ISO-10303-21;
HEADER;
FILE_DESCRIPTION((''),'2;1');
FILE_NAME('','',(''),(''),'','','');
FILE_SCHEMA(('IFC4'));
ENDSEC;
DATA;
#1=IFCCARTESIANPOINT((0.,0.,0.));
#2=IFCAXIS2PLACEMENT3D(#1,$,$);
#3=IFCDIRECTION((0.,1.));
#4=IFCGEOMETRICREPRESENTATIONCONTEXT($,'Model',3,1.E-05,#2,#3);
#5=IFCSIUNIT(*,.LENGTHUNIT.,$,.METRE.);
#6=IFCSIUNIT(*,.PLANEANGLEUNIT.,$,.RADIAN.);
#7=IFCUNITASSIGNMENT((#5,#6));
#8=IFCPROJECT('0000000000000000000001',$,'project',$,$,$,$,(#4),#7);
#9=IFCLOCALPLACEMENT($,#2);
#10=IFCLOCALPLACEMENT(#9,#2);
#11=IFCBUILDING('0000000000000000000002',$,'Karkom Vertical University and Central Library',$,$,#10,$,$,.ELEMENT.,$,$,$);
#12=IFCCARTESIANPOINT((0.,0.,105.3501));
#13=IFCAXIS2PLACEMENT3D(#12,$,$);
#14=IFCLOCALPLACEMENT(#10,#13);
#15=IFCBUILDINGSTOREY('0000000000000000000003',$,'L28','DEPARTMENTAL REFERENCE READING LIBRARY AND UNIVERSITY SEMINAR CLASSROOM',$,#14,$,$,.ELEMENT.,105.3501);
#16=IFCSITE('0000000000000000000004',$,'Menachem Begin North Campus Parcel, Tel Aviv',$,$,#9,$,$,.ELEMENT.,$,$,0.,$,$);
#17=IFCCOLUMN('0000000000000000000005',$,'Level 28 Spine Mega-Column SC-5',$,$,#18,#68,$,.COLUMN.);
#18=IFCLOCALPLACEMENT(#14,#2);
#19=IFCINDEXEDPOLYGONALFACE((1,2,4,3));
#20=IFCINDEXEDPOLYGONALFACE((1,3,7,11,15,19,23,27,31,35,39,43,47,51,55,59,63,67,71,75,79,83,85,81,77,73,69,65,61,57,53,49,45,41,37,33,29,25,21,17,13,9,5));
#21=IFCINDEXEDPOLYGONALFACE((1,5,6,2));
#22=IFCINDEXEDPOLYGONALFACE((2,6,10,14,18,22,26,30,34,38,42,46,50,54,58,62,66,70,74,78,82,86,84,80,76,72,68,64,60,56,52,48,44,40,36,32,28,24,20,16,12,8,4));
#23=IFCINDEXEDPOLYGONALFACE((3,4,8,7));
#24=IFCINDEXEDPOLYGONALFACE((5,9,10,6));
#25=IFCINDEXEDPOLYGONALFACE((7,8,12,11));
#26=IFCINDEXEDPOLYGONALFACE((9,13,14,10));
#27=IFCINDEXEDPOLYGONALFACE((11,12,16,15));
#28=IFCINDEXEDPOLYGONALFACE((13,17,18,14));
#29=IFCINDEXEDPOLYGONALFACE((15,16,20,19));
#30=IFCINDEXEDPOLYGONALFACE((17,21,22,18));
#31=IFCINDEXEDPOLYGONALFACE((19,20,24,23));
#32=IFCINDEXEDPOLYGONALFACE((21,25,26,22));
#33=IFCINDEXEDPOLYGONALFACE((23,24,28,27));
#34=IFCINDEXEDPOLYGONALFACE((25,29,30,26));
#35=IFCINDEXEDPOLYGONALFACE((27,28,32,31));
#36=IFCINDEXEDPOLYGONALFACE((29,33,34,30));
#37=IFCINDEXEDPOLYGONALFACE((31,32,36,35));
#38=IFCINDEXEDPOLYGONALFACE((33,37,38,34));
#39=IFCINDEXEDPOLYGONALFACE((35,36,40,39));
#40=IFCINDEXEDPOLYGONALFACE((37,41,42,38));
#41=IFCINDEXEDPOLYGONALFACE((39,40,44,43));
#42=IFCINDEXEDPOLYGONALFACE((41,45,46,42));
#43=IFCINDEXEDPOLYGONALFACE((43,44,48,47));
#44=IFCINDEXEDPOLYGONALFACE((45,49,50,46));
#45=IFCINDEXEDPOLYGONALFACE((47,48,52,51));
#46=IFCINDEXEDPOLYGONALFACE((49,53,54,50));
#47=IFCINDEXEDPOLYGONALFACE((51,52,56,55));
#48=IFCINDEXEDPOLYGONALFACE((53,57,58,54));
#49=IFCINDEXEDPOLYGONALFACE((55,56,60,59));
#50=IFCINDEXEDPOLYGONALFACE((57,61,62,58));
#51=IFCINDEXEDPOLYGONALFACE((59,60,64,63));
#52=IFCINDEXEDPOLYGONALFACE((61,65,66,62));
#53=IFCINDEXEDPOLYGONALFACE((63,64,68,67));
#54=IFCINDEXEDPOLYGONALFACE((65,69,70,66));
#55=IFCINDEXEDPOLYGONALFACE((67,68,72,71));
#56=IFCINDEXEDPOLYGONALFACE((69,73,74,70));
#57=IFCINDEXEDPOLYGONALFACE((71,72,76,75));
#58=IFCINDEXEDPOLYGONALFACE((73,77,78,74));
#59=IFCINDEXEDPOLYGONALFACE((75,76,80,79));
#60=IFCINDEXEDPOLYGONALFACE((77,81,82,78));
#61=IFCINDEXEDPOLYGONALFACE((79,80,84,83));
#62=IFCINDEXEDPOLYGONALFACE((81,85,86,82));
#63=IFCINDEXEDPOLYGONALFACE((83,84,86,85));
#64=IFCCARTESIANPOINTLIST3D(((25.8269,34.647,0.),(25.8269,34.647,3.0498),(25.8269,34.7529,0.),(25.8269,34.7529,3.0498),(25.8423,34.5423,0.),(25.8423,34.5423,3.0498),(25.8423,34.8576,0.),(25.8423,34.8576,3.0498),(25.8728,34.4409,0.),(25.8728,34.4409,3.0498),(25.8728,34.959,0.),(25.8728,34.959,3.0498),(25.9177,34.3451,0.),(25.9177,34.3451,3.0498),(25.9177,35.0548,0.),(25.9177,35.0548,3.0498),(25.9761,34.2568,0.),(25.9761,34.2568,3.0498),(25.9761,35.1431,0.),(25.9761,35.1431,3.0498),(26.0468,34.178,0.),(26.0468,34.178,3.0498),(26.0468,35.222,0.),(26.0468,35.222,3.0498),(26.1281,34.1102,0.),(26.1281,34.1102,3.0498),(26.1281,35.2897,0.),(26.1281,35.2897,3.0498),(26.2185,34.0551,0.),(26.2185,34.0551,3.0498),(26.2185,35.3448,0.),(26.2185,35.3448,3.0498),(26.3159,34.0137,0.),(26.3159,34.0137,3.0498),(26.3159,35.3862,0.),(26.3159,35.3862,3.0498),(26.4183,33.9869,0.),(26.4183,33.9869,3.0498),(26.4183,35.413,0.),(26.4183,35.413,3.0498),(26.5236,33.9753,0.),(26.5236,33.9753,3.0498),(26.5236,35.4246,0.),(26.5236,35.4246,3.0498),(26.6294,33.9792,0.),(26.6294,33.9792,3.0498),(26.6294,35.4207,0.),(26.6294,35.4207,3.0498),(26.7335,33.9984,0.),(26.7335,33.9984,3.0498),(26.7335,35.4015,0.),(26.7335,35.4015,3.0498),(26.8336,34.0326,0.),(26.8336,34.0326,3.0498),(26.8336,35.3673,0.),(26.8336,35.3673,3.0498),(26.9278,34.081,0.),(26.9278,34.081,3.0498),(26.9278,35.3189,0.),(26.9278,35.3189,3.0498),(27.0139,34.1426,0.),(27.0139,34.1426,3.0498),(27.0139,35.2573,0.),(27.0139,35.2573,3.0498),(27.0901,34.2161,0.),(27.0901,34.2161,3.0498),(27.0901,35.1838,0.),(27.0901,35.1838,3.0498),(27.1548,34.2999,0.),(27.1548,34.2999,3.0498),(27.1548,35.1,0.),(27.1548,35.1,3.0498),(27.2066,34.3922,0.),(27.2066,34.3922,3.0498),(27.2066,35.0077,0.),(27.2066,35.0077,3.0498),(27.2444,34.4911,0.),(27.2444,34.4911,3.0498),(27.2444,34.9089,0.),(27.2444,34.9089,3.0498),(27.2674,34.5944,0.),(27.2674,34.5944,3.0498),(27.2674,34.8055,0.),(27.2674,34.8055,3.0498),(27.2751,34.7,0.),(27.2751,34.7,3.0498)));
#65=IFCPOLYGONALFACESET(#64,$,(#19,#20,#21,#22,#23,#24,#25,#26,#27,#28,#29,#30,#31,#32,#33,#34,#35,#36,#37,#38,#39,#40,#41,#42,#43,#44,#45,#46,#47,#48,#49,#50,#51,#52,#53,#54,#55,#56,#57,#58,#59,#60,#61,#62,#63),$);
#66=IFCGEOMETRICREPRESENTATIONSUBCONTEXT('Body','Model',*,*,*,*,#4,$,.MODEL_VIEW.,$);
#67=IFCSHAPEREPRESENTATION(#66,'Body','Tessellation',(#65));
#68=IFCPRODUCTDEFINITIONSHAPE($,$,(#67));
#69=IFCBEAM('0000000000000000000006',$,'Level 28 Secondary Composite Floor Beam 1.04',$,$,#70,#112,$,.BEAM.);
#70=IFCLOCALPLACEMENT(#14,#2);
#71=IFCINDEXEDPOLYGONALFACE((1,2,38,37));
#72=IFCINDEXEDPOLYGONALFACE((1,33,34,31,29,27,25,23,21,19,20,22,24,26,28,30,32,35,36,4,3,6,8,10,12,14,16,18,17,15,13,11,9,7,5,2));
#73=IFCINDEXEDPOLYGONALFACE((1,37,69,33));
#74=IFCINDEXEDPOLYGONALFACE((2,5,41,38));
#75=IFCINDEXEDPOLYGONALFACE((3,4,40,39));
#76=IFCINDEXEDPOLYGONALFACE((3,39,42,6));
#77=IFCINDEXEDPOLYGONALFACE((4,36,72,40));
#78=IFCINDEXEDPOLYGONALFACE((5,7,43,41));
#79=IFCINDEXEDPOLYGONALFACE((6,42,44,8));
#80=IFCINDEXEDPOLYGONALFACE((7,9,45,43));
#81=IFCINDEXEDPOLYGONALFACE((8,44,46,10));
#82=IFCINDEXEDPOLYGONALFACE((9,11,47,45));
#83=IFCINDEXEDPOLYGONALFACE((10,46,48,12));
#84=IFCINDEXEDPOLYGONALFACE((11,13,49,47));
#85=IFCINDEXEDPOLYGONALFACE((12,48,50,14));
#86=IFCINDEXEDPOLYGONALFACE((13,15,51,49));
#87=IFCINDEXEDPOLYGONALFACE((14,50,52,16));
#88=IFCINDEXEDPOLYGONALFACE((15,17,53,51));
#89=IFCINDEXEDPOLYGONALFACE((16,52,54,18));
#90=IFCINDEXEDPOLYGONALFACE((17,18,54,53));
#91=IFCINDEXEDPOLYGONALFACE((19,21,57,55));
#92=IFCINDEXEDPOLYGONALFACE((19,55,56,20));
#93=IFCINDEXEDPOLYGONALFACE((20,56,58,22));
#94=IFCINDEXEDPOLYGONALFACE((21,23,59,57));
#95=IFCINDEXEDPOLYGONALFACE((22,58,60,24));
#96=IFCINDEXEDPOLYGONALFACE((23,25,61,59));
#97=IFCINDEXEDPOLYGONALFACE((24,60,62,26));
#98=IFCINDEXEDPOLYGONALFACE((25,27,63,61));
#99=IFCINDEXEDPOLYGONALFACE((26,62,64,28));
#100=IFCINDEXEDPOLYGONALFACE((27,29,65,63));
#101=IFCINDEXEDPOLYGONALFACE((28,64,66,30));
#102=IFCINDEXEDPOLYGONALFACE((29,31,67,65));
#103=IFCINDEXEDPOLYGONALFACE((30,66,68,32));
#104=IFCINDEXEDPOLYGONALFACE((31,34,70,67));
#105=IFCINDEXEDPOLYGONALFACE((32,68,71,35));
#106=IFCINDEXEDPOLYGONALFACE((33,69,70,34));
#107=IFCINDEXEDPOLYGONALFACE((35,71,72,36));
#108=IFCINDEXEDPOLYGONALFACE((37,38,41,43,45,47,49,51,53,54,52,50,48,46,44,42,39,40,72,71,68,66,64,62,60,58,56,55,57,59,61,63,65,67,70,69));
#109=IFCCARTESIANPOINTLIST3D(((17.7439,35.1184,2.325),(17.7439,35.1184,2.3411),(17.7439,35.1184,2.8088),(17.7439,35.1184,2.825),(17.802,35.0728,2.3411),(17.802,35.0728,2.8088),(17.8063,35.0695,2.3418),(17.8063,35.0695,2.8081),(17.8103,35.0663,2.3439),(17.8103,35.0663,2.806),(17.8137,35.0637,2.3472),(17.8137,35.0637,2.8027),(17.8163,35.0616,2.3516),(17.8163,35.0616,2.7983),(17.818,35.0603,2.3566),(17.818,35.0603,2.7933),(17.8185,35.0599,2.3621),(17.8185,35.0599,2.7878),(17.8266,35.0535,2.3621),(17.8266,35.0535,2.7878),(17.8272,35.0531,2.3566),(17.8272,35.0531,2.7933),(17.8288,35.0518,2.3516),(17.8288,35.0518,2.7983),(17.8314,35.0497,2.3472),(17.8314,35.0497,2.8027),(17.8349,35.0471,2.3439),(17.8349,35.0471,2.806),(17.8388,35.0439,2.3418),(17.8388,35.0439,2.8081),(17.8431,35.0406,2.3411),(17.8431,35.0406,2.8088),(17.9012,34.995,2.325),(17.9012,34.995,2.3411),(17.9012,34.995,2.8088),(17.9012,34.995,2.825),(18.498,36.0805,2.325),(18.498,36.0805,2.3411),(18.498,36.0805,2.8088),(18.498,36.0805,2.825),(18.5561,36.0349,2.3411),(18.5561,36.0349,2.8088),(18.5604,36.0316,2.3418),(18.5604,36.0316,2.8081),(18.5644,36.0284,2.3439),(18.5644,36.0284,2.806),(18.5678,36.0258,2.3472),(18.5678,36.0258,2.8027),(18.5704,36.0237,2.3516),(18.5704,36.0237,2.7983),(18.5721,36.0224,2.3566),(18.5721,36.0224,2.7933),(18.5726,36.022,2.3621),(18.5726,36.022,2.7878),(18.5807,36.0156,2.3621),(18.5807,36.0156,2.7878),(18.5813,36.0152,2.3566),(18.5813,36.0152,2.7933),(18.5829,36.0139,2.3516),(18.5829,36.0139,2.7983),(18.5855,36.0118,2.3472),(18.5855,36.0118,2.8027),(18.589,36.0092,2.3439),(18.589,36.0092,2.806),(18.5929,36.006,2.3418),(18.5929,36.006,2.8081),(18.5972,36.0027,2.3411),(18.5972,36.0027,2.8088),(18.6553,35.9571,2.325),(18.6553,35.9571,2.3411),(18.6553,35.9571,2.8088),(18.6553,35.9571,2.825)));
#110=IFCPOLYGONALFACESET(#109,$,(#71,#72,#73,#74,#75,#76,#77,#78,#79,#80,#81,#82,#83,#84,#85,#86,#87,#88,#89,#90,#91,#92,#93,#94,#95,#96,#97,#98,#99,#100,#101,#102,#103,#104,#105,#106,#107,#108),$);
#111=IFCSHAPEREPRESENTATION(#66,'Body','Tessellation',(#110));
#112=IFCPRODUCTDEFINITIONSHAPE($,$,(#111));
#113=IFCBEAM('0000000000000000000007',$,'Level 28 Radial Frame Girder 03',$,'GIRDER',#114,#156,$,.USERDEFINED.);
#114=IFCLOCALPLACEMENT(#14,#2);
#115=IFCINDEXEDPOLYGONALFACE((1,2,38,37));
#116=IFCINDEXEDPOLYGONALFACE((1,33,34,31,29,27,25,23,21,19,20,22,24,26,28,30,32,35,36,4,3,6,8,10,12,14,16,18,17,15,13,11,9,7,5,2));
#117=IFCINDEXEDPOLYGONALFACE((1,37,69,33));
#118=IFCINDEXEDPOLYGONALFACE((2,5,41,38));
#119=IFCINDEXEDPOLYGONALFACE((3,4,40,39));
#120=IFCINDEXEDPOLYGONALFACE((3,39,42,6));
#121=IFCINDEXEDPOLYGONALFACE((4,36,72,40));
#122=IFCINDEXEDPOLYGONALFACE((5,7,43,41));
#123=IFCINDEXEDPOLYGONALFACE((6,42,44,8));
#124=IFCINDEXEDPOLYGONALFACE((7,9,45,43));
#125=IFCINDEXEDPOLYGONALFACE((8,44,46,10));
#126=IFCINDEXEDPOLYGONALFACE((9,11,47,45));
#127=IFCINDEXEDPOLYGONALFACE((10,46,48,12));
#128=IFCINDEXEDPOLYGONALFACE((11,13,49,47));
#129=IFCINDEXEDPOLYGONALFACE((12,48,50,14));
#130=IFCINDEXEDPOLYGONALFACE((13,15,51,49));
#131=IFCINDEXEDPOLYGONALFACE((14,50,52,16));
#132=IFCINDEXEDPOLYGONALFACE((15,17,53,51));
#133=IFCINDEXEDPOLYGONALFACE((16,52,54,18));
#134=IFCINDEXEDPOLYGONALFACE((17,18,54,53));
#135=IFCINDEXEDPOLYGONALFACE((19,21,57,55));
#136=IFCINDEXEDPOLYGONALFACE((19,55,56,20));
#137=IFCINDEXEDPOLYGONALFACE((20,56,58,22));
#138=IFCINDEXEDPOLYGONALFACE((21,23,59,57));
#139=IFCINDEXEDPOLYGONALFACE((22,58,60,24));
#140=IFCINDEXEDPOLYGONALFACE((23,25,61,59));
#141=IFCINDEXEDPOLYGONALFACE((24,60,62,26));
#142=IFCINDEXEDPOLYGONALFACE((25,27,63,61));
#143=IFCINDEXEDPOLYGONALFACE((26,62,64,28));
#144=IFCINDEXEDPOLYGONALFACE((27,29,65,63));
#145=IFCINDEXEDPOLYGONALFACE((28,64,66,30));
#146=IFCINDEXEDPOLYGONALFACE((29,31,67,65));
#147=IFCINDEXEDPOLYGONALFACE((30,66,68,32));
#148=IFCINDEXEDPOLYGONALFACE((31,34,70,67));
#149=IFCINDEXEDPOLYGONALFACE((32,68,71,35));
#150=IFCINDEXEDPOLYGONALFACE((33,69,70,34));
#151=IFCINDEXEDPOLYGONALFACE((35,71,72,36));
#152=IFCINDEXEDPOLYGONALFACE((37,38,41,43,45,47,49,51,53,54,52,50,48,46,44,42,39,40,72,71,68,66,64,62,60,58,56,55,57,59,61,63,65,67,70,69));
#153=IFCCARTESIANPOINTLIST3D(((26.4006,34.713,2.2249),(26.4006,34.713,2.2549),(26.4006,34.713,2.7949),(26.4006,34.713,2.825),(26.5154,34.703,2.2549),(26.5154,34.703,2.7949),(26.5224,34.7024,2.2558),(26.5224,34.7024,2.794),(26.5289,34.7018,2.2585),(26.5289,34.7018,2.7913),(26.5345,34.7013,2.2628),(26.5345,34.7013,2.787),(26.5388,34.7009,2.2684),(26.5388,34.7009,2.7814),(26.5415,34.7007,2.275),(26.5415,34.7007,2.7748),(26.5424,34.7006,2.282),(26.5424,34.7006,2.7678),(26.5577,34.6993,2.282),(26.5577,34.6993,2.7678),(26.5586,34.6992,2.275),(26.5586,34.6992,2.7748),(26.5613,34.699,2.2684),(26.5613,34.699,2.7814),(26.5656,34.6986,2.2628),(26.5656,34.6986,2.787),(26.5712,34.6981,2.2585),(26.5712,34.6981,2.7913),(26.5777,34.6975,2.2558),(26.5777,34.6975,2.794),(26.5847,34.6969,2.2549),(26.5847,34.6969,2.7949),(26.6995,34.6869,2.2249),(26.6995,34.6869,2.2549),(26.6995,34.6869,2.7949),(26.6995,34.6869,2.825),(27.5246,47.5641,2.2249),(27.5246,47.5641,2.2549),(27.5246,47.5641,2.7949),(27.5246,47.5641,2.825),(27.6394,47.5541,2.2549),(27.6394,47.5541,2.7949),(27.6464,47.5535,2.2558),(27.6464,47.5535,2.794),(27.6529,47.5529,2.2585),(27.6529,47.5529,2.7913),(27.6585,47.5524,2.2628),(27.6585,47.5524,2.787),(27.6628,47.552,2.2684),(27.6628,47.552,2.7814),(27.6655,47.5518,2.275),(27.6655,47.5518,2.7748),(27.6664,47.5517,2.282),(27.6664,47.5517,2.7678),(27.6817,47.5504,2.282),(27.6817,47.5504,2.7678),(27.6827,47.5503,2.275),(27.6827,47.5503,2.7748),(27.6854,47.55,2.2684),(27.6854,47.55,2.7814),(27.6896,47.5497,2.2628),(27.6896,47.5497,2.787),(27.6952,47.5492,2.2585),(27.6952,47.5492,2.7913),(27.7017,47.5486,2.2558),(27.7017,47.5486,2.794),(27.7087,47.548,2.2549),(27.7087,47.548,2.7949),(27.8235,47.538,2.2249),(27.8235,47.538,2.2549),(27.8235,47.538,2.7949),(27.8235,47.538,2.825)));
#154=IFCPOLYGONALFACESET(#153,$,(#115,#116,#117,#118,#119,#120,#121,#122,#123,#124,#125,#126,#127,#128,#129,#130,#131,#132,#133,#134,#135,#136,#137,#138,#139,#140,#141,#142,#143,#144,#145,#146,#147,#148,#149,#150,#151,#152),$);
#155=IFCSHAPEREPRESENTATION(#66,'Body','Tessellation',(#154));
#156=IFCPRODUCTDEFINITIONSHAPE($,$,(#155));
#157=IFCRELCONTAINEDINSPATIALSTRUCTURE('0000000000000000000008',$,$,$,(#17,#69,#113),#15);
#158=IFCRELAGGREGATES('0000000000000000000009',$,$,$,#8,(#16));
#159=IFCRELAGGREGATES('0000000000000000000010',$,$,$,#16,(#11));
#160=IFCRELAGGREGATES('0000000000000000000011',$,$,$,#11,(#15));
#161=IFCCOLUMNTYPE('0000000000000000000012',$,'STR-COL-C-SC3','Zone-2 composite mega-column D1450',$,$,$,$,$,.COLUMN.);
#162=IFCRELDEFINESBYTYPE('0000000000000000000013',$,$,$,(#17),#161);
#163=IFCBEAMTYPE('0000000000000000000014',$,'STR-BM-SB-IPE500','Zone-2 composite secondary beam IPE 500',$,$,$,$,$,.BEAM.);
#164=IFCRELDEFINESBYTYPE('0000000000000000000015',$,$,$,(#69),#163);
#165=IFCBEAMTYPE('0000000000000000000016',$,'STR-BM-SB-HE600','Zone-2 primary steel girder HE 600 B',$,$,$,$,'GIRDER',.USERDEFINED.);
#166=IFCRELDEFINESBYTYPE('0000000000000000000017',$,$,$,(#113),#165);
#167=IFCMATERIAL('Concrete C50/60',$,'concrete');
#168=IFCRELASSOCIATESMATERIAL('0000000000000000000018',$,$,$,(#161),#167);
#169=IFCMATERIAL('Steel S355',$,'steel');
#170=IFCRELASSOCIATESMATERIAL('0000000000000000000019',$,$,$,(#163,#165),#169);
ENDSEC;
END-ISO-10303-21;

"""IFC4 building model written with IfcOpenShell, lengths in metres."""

from ifc_helpers import new_model, si_unit, direction, frame, origin, origin_with_axes, origin_2d, place, context, subcontext, project, spatial, circle, i_section, extrude, source, transform, mapped, material, material_profile, profile_set, type_object, element, save


model = new_model("IFC4")

# Units and contexts
model_context = context("Model", 3, precision=1e-05, world=origin(), true_north=direction((0.0, 1.0)))
body_context = subcontext(model_context, "Body", "Model", "MODEL_VIEW")
ifc_project = project(units=[si_unit("LENGTHUNIT", "METRE"), si_unit("PLANEANGLEUNIT", "RADIAN")], contexts=[model_context])

# Site, building, storey
site_placement = place(None, origin())
site = spatial("IfcSite", under=ifc_project, at=site_placement, Name="Menachem Begin North Campus Parcel, Tel Aviv", CompositionType="ELEMENT", RefElevation=0.0)
building_placement = place(site_placement, origin())
building = spatial("IfcBuilding", under=site, at=building_placement, Name="Karkom Vertical University and Central Library", CompositionType="ELEMENT")
storey_placement = place(building_placement, frame((0.0, 0.0, 105.3501)))
storey = spatial("IfcBuildingStorey", under=building, at=storey_placement, Name="L28", Description="DEPARTMENTAL REFERENCE READING LIBRARY AND UNIVERSITY SEMINAR CLASSROOM", CompositionType="ELEMENT", Elevation=105.3501)

# Column
ifc_material_1 = material(Name="Concrete C50/60", Category="concrete")
ifc_material_profile_1 = material_profile(ifc_material_1, circle(Radius=0.7251, at=origin_2d()), Name="CFT-D1450")
ifc_profile_set_1 = profile_set([ifc_material_profile_1], Name="Concrete C50/60")
column_type = type_object("IfcColumnType", Name="STR-COL-C-SC3", Description="Zone-2 composite mega-column D1450", PredefinedType="COLUMN", material=ifc_profile_set_1)
shared_shape_1 = source(origin_with_axes(), body_context, "Body", "SweptSolid", [
    extrude(circle(Radius=0.7251, at=origin_2d()), origin(), (0.0, 0.0, 1.0), 3.0498),
])
column_placement = place(storey_placement, frame((26.55, 34.7, 0.0), z_axis=(0.0, 0.0, 1.0), x_axis=(1.0, 0.0, 0.0)))
element("IfcColumn", 1, at=column_placement, inside=storey, type_object=column_type, Name="Level 28 Spine Mega-Column SC-5", PredefinedType="COLUMN", context=body_context, shape_type="MappedRepresentation", body=[
    mapped(shared_shape_1, transform((0.0, 0.0, 0.0), scale=1.0)),
])

# Beams
ifc_material_2 = material(Name="Steel S355", Category="steel")
ifc_material_profile_2 = material_profile(ifc_material_2, i_section(OverallWidth=0.2, OverallDepth=0.5, WebThickness=0.0103, FlangeThickness=0.0161, FilletRadius=0.021, at=origin_2d()), Name="IPE 500")
ifc_profile_set_2 = profile_set([ifc_material_profile_2], Name="Steel S355")
beam_type_1 = type_object("IfcBeamType", Name="STR-BM-SB-IPE500", Description="Zone-2 composite secondary beam IPE 500", PredefinedType="BEAM", material=ifc_profile_set_2)
shared_shape_2 = source(origin_with_axes(), body_context, "Body", "SweptSolid", [
    extrude(i_section(OverallWidth=0.2, OverallDepth=0.5, WebThickness=0.0103, FlangeThickness=0.0161, FilletRadius=0.021, at=origin_2d()), origin(), (0.0, 0.0, 1.0), 1.2224),
])
beam_1_placement = place(storey_placement, frame((18.5767, 36.0188, 2.575), z_axis=(-0.616895, -0.787045, 0.0), x_axis=(0.787045, -0.616895, 0.0)))
element("IfcBeam", 2, at=beam_1_placement, inside=storey, type_object=beam_type_1, Name="Level 28 Secondary Composite Floor Beam 1.04", PredefinedType="BEAM", context=body_context, shape_type="MappedRepresentation", body=[
    mapped(shared_shape_2, transform((0.0, 0.0, 0.0), scale=1.0)),
])
ifc_material_profile_3 = material_profile(ifc_material_2, i_section(OverallWidth=0.3, OverallDepth=0.6001, WebThickness=0.0154, FlangeThickness=0.03, FilletRadius=0.0271, at=origin_2d()), Name="HE 600 B")
ifc_profile_set_3 = profile_set([ifc_material_profile_3], Name="Steel S355")
beam_type_2 = type_object("IfcBeamType", Name="STR-BM-SB-HE600", Description="Zone-2 primary steel girder HE 600 B", ElementType="GIRDER", PredefinedType="USERDEFINED", material=ifc_profile_set_3)
shared_shape_3 = source(origin_with_axes(), body_context, "Body", "SweptSolid", [
    extrude(i_section(OverallWidth=0.3, OverallDepth=0.6001, WebThickness=0.0154, FlangeThickness=0.03, FilletRadius=0.0271, at=origin_2d()), origin(), (0.0, 0.0, 1.0), 12.9001),
])
beam_2_placement = place(storey_placement, frame((26.55, 34.7, 2.5249), z_axis=(0.087133, 0.996197, 0.0), x_axis=(-0.996197, 0.087133, 0.0)))
element("IfcBeam", 3, at=beam_2_placement, inside=storey, type_object=beam_type_2, Name="Level 28 Radial Frame Girder 03", ObjectType="GIRDER", PredefinedType="USERDEFINED", context=body_context, shape_type="MappedRepresentation", body=[
    mapped(shared_shape_3, transform((0.0, 0.0, 0.0), scale=1.0)),
])

save(model, "model.ifc")
